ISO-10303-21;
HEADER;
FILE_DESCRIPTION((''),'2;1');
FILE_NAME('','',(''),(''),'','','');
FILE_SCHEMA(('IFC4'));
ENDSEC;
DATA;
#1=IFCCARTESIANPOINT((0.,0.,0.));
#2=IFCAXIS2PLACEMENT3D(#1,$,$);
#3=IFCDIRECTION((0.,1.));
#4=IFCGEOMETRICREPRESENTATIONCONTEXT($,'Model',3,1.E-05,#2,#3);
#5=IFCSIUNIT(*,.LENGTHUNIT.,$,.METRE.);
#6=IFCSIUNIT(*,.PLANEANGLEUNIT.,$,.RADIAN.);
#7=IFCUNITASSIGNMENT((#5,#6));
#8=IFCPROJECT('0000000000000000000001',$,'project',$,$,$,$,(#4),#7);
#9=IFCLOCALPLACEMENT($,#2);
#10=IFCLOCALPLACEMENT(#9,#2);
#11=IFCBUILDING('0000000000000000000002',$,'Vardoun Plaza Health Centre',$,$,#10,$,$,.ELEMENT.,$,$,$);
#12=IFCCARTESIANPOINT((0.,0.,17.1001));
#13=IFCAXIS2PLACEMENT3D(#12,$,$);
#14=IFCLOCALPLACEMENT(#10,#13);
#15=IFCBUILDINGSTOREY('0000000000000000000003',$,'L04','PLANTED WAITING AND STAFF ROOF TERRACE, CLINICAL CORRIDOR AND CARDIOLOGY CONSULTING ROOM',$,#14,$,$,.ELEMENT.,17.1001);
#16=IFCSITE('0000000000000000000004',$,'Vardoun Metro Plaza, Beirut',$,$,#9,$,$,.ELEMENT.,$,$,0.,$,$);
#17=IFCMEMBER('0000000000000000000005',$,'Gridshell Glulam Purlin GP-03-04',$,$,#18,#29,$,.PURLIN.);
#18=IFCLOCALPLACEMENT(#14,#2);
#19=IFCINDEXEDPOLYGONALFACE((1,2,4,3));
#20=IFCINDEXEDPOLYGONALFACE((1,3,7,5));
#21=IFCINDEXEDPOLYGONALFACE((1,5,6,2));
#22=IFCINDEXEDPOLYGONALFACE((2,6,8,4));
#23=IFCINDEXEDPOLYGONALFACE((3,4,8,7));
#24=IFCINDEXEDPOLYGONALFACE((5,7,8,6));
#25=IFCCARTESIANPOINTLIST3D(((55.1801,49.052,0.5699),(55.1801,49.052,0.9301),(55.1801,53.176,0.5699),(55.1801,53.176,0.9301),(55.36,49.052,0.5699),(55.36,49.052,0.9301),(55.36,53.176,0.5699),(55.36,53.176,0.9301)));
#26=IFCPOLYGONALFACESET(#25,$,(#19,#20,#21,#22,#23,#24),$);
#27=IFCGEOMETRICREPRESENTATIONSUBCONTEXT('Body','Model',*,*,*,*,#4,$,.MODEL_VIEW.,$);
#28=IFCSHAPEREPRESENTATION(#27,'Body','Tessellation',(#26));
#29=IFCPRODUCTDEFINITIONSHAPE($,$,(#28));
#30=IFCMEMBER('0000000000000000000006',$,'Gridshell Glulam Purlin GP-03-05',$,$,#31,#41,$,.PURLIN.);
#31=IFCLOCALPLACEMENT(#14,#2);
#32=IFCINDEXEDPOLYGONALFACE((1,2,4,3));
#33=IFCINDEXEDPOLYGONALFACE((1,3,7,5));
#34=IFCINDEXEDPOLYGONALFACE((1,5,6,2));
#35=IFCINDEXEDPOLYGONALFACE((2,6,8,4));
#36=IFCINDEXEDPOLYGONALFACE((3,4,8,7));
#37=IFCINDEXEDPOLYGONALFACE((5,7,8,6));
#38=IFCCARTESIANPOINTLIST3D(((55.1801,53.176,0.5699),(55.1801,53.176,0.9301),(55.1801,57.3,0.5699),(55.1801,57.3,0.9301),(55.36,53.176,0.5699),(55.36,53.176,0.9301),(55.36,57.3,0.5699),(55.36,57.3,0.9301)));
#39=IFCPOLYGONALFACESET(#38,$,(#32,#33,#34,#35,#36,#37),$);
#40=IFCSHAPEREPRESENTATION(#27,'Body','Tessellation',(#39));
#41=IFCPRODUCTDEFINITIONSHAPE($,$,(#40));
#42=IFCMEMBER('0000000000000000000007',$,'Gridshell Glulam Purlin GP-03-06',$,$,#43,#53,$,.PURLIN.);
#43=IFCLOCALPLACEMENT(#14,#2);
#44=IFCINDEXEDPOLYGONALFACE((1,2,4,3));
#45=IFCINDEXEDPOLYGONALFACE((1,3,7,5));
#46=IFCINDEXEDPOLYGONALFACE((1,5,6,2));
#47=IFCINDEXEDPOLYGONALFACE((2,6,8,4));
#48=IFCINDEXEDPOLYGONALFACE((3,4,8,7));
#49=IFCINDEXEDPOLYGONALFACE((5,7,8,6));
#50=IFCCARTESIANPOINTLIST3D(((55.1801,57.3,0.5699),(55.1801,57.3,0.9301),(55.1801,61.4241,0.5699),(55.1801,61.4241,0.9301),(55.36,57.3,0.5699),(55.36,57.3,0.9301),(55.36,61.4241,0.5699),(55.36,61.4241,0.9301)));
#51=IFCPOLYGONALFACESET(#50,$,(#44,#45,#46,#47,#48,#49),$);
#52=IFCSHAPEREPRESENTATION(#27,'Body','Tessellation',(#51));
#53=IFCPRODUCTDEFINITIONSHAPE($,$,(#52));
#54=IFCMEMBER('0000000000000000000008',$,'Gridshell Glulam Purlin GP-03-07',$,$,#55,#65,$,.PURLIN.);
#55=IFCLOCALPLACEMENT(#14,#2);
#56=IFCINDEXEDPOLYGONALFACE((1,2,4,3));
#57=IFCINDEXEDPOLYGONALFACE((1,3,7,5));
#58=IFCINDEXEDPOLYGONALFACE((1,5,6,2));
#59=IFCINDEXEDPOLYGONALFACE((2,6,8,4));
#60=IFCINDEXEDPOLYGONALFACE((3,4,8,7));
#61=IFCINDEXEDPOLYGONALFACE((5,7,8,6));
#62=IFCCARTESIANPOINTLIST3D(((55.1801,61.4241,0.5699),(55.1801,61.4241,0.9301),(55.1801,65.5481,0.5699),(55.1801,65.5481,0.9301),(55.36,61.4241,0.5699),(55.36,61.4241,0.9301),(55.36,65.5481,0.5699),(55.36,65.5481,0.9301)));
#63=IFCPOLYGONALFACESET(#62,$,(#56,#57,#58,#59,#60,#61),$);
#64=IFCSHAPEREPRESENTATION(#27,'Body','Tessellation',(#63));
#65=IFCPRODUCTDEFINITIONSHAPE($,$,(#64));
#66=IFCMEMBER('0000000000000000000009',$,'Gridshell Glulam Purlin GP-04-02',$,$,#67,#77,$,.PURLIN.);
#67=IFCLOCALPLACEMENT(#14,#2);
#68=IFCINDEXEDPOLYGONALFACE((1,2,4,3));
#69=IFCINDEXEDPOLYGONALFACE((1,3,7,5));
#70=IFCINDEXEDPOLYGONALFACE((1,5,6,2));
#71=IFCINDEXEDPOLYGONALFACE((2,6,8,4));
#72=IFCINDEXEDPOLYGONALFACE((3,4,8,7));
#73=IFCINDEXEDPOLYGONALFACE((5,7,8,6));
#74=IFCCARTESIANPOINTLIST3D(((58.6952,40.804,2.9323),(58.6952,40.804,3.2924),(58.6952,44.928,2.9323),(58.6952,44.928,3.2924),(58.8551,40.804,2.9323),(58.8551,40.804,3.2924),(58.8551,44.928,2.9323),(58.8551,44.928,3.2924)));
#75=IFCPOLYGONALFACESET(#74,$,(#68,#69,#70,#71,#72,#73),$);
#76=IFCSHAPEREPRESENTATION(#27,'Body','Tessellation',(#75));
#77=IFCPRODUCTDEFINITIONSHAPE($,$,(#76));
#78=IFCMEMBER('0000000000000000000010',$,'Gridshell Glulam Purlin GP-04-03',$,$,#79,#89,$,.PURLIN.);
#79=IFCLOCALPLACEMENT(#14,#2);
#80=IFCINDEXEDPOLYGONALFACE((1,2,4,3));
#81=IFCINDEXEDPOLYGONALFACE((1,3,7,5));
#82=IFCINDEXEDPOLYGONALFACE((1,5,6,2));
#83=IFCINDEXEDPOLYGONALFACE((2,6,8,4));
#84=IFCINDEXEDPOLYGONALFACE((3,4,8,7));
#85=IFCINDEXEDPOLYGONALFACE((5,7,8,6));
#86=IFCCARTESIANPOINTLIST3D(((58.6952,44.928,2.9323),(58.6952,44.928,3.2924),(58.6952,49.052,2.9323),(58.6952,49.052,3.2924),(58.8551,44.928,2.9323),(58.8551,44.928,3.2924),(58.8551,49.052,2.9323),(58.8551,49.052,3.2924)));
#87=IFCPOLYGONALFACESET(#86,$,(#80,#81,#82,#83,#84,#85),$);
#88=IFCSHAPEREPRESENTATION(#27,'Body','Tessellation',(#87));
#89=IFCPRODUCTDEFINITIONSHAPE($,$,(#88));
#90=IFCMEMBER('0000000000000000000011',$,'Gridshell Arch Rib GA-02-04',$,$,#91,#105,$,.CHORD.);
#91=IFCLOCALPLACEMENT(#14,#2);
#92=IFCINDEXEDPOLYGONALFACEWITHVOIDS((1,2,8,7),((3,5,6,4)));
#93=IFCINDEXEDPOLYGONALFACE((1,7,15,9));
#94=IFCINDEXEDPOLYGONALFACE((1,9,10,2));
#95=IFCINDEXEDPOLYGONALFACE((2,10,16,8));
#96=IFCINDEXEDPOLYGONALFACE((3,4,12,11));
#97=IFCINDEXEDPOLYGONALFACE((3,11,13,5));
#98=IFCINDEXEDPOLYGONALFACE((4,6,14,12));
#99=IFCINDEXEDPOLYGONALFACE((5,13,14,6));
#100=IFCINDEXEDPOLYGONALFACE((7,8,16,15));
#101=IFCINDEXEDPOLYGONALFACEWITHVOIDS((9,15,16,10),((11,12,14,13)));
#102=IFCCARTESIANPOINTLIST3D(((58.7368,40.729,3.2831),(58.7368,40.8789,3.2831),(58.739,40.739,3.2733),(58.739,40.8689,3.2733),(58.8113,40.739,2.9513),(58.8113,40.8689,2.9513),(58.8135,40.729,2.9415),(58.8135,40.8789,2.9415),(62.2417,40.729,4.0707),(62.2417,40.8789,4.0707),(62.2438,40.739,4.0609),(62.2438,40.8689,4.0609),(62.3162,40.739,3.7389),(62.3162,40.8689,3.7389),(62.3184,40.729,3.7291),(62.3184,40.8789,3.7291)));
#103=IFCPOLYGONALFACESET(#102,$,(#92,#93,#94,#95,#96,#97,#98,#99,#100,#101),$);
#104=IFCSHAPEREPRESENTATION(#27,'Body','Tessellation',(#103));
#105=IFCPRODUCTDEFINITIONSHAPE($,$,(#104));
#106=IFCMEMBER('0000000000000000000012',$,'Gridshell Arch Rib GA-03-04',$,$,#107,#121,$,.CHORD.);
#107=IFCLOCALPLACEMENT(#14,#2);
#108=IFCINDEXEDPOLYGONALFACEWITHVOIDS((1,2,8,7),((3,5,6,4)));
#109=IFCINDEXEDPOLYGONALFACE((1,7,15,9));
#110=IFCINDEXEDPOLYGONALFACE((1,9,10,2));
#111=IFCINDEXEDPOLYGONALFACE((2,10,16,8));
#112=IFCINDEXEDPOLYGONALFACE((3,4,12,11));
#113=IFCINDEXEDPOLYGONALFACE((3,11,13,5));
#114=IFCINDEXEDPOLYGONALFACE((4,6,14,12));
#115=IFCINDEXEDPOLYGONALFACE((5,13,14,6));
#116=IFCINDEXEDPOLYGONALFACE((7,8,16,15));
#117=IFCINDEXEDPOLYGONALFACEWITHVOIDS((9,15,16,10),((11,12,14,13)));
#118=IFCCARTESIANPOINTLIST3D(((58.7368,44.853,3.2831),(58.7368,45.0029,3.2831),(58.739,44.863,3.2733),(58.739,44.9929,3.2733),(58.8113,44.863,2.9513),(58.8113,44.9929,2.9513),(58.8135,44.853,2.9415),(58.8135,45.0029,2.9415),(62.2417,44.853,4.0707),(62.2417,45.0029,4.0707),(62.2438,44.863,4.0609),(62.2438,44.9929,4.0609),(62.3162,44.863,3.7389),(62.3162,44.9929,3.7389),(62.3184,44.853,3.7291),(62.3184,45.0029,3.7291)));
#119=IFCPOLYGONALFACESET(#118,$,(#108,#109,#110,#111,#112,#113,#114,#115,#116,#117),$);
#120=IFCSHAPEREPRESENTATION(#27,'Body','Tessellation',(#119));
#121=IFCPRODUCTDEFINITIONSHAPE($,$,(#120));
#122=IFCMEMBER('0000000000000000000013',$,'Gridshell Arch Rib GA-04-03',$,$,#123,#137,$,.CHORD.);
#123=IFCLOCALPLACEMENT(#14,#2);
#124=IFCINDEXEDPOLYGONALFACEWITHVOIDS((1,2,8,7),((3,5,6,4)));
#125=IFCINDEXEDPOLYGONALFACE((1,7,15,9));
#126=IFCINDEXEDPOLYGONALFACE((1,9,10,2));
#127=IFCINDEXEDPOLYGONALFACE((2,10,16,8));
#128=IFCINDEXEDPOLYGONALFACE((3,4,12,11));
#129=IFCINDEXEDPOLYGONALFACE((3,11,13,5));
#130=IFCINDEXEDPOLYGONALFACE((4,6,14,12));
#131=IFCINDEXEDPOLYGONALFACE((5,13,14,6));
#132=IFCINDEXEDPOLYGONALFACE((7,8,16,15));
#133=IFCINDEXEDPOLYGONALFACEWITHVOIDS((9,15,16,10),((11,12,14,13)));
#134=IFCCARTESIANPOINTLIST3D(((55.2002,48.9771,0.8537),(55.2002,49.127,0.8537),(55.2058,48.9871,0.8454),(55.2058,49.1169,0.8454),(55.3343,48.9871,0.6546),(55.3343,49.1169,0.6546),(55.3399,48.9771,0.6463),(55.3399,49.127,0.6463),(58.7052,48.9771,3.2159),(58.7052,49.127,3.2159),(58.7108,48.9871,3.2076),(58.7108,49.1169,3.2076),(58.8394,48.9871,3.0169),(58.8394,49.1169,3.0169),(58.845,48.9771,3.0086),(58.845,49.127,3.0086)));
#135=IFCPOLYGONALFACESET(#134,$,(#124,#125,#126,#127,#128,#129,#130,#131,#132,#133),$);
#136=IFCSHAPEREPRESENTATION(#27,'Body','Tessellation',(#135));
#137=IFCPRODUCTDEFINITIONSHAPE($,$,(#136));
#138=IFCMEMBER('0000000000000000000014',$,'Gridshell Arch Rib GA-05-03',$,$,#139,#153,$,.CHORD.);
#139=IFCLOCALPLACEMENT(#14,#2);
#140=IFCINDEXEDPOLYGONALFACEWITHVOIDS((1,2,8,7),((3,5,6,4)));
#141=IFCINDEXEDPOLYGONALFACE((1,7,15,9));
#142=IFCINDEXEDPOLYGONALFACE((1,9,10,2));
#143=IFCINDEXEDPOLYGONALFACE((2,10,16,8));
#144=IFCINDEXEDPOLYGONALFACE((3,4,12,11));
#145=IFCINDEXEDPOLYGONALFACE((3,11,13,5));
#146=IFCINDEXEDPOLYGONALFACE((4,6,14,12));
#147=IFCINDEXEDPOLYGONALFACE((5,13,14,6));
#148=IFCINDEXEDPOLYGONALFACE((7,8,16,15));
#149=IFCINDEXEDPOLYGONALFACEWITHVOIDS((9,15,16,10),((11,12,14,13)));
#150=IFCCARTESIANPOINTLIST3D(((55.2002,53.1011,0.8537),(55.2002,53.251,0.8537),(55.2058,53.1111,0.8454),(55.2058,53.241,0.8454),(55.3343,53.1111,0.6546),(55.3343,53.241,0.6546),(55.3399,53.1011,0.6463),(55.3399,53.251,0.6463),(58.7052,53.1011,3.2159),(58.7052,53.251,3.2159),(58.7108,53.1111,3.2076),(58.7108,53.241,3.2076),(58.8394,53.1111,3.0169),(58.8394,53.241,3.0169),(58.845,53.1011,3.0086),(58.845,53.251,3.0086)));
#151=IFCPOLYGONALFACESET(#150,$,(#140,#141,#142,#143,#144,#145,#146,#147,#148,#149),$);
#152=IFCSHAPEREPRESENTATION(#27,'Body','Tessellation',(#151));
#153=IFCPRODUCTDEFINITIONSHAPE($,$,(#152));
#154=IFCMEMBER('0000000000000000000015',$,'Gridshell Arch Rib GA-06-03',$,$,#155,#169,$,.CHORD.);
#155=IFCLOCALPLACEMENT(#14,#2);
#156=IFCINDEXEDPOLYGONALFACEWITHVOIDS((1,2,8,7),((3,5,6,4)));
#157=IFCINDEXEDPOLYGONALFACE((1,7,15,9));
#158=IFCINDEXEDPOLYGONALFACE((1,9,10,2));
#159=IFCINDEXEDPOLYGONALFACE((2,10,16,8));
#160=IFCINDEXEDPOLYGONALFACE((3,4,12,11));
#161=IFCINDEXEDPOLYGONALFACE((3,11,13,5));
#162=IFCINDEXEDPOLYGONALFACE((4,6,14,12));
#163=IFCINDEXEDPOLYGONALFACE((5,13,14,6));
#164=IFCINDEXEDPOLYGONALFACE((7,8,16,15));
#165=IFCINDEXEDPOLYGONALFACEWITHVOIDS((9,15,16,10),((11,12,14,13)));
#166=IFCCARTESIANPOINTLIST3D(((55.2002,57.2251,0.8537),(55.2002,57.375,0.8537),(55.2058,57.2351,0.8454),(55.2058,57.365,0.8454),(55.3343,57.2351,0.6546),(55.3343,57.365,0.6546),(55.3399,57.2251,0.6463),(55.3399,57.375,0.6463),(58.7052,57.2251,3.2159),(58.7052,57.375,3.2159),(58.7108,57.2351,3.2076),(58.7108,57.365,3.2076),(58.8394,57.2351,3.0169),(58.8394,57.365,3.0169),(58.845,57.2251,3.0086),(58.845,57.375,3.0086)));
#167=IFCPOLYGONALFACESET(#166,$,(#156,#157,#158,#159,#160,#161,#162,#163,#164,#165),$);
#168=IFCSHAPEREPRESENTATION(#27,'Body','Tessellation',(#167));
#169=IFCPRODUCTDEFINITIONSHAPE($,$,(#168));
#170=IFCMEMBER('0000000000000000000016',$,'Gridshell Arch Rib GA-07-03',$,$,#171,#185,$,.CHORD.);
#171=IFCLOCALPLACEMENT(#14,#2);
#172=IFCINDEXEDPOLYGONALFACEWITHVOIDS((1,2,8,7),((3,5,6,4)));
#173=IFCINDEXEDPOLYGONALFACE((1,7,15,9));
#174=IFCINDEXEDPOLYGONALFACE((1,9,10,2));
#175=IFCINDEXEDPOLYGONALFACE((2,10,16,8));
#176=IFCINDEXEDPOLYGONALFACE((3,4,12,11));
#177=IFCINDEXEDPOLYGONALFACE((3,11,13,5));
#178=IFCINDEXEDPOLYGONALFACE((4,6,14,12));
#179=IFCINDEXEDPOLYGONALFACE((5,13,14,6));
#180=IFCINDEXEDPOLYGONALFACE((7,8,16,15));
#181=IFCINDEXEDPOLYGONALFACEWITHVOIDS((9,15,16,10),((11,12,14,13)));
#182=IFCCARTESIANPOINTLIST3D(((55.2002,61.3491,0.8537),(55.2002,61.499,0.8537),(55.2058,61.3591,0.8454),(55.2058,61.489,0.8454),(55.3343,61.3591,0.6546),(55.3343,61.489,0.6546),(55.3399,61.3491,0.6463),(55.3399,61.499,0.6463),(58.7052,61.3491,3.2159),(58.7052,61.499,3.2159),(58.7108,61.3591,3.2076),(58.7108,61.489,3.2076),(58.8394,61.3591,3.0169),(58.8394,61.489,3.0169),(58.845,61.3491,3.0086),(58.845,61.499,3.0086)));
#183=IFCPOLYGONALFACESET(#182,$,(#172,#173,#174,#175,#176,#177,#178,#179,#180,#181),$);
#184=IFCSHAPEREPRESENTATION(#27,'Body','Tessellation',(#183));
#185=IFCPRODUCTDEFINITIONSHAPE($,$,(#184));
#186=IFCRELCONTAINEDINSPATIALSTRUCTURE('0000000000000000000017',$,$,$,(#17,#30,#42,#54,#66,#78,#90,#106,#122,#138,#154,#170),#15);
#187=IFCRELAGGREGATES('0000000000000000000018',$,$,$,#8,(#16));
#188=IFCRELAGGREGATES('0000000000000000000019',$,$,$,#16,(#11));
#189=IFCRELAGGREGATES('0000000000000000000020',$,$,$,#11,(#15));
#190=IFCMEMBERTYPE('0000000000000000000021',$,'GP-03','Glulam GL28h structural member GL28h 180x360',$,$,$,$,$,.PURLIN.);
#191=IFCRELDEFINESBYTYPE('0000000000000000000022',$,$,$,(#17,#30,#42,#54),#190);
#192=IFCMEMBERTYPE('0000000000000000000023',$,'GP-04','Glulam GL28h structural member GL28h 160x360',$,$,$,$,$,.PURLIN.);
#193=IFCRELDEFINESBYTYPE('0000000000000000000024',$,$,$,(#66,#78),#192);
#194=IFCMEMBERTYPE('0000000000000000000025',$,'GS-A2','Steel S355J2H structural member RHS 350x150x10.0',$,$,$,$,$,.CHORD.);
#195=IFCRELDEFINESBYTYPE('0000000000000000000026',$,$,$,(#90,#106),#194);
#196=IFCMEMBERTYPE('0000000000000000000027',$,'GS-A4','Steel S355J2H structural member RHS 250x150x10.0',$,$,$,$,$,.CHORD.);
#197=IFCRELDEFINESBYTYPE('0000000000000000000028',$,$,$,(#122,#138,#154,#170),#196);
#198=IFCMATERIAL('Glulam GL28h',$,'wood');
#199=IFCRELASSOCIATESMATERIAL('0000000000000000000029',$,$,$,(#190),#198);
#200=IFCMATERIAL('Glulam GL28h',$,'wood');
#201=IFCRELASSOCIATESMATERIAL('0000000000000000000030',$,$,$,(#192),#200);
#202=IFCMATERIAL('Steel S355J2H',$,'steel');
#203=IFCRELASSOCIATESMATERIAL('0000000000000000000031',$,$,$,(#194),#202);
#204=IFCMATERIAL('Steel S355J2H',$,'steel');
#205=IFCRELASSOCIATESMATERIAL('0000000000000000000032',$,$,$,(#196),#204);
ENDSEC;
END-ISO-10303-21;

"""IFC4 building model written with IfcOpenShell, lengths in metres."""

from ifc_helpers import new_model, si_unit, direction, frame, origin, origin_2d, place, context, subcontext, project, spatial, rectangle, hollow_rectangle, extrude, material, material_profile, profile_set, type_object, element, save


model = new_model("IFC4")

# Units and contexts
model_context = context("Model", 3, precision=1e-05, world=origin(), true_north=direction((0.0, 1.0)))
body_context = subcontext(model_context, "Body", "Model", "MODEL_VIEW")
ifc_project = project(units=[si_unit("LENGTHUNIT", "METRE"), si_unit("PLANEANGLEUNIT", "RADIAN")], contexts=[model_context])

# Site, building, storey
site_placement = place(None, origin())
site = spatial("IfcSite", under=ifc_project, at=site_placement, Name="Vardoun Metro Plaza, Beirut", CompositionType="ELEMENT", RefElevation=0.0)
building_placement = place(site_placement, origin())
building = spatial("IfcBuilding", under=site, at=building_placement, Name="Vardoun Plaza Health Centre", CompositionType="ELEMENT")
storey_placement = place(building_placement, frame((0.0, 0.0, 17.1001)))
storey = spatial("IfcBuildingStorey", under=building, at=storey_placement, Name="L04", Description="PLANTED WAITING AND STAFF ROOF TERRACE, CLINICAL CORRIDOR AND CARDIOLOGY CONSULTING ROOM", CompositionType="ELEMENT", Elevation=17.1001)

# Members
ifc_material_1 = material(Name="Glulam GL28h", Category="wood")
ifc_material_profile_1 = material_profile(ifc_material_1, rectangle(XDim=0.1799, YDim=0.3601, at=origin_2d()), Name="GL28h 180x360")
ifc_profile_set_1 = profile_set([ifc_material_profile_1], Name="Glulam GL28h")
member_type_1 = type_object("IfcMemberType", Name="GP-03", Description="Glulam GL28h structural member GL28h 180x360", PredefinedType="PURLIN", material=ifc_profile_set_1)
for number, where, z_axis, x_axis, name in (
    (1, (55.27, 49.052, 0.75), (0.0, 1.0, 0.0), (-1.0, 0.0, 0.0), "Gridshell Glulam Purlin GP-03-04"),
    (2, (55.27, 53.176, 0.75), (0.0, 1.0, 0.0), (-1.0, 0.0, 0.0), "Gridshell Glulam Purlin GP-03-05"),
    (3, (55.27, 57.3, 0.75), (0.0, 1.0, 0.0), (-1.0, 0.0, 0.0), "Gridshell Glulam Purlin GP-03-06"),
    (4, (55.27, 61.4241, 0.75), (0.0, 1.0, 0.0), (-1.0, 0.0, 0.0), "Gridshell Glulam Purlin GP-03-07"),
):
    element("IfcMember", number, at=place(storey_placement, frame(where, z_axis=z_axis, x_axis=x_axis)), inside=storey, type_object=member_type_1, Name=name, PredefinedType="PURLIN", context=body_context, shape_type="SweptSolid", body=[
        extrude(rectangle(XDim=0.1799, YDim=0.3601, at=origin_2d()), origin(), (0.0, 0.0, 1.0), 4.124),
    ])
ifc_material_2 = material(Name="Glulam GL28h", Category="wood")
ifc_material_profile_2 = material_profile(ifc_material_2, rectangle(XDim=0.1599, YDim=0.3601, at=origin_2d()), Name="GL28h 160x360")
ifc_profile_set_2 = profile_set([ifc_material_profile_2], Name="Glulam GL28h")
member_type_2 = type_object("IfcMemberType", Name="GP-04", Description="Glulam GL28h structural member GL28h 160x360", PredefinedType="PURLIN", material=ifc_profile_set_2)
for number, where, z_axis, x_axis, name in (
    (5, (58.7751, 40.804, 3.1123), (0.0, 1.0, 0.0), (-1.0, 0.0, 0.0), "Gridshell Glulam Purlin GP-04-02"),
    (6, (58.7751, 44.928, 3.1123), (0.0, 1.0, 0.0), (-1.0, 0.0, 0.0), "Gridshell Glulam Purlin GP-04-03"),
):
    element("IfcMember", number, at=place(storey_placement, frame(where, z_axis=z_axis, x_axis=x_axis)), inside=storey, type_object=member_type_2, Name=name, PredefinedType="PURLIN", context=body_context, shape_type="SweptSolid", body=[
        extrude(rectangle(XDim=0.1599, YDim=0.3601, at=origin_2d()), origin(), (0.0, 0.0, 1.0), 4.124),
    ])
ifc_material_3 = material(Name="Steel S355J2H", Category="steel")
ifc_material_profile_3 = material_profile(ifc_material_3, hollow_rectangle(XDim=0.1499, YDim=0.3501, WallThickness=0.01, at=origin_2d()), Name="RHS 350x150x10.0")
ifc_profile_set_3 = profile_set([ifc_material_profile_3], Name="Steel S355J2H")
member_type_3 = type_object("IfcMemberType", Name="GS-A2", Description="Steel S355J2H structural member RHS 350x150x10.0", PredefinedType="CHORD", material=ifc_profile_set_3)
for number, where, z_axis, x_axis, name in (
    (7, (58.7751, 40.804, 3.1123), (0.975669, 0.0, 0.219247), (0.0, 1.0, 0.0), "Gridshell Arch Rib GA-02-04"),
    (8, (58.7751, 44.928, 3.1123), (0.975669, 0.0, 0.219247), (0.0, 1.0, 0.0), "Gridshell Arch Rib GA-03-04"),
):
    element("IfcMember", number, at=place(storey_placement, frame(where, z_axis=z_axis, x_axis=x_axis)), inside=storey, type_object=member_type_3, Name=name, PredefinedType="CHORD", context=body_context, shape_type="SweptSolid", body=[
        extrude(hollow_rectangle(XDim=0.1499, YDim=0.3501, WallThickness=0.01, at=origin_2d()), origin(), (0.0, 0.0, 1.0), 3.5923),
    ])
ifc_material_4 = material(Name="Steel S355J2H", Category="steel")
ifc_material_profile_4 = material_profile(ifc_material_4, hollow_rectangle(XDim=0.1499, YDim=0.25, WallThickness=0.01, at=origin_2d()), Name="RHS 250x150x10.0")
ifc_profile_set_4 = profile_set([ifc_material_profile_4], Name="Steel S355J2H")
member_type_4 = type_object("IfcMemberType", Name="GS-A4", Description="Steel S355J2H structural member RHS 250x150x10.0", PredefinedType="CHORD", material=ifc_profile_set_4)
for number, where, z_axis, x_axis, name in (
    (9, (55.27, 49.052, 0.75), (0.82925, 0.0, 0.558879), (0.0, 1.0, 0.0), "Gridshell Arch Rib GA-04-03"),
    (10, (55.27, 53.176, 0.75), (0.82925, 0.0, 0.558879), (0.0, 1.0, 0.0), "Gridshell Arch Rib GA-05-03"),
    (11, (55.27, 57.3, 0.75), (0.82925, 0.0, 0.558879), (0.0, 1.0, 0.0), "Gridshell Arch Rib GA-06-03"),
    (12, (55.27, 61.4241, 0.75), (0.82925, 0.0, 0.558879), (0.0, 1.0, 0.0), "Gridshell Arch Rib GA-07-03"),
):
    element("IfcMember", number, at=place(storey_placement, frame(where, z_axis=z_axis, x_axis=x_axis)), inside=storey, type_object=member_type_4, Name=name, PredefinedType="CHORD", context=body_context, shape_type="SweptSolid", body=[
        extrude(hollow_rectangle(XDim=0.1499, YDim=0.25, WallThickness=0.01, at=origin_2d()), origin(), (0.0, 0.0, 1.0), 4.2268),
    ])

save(model, "model.ifc")
